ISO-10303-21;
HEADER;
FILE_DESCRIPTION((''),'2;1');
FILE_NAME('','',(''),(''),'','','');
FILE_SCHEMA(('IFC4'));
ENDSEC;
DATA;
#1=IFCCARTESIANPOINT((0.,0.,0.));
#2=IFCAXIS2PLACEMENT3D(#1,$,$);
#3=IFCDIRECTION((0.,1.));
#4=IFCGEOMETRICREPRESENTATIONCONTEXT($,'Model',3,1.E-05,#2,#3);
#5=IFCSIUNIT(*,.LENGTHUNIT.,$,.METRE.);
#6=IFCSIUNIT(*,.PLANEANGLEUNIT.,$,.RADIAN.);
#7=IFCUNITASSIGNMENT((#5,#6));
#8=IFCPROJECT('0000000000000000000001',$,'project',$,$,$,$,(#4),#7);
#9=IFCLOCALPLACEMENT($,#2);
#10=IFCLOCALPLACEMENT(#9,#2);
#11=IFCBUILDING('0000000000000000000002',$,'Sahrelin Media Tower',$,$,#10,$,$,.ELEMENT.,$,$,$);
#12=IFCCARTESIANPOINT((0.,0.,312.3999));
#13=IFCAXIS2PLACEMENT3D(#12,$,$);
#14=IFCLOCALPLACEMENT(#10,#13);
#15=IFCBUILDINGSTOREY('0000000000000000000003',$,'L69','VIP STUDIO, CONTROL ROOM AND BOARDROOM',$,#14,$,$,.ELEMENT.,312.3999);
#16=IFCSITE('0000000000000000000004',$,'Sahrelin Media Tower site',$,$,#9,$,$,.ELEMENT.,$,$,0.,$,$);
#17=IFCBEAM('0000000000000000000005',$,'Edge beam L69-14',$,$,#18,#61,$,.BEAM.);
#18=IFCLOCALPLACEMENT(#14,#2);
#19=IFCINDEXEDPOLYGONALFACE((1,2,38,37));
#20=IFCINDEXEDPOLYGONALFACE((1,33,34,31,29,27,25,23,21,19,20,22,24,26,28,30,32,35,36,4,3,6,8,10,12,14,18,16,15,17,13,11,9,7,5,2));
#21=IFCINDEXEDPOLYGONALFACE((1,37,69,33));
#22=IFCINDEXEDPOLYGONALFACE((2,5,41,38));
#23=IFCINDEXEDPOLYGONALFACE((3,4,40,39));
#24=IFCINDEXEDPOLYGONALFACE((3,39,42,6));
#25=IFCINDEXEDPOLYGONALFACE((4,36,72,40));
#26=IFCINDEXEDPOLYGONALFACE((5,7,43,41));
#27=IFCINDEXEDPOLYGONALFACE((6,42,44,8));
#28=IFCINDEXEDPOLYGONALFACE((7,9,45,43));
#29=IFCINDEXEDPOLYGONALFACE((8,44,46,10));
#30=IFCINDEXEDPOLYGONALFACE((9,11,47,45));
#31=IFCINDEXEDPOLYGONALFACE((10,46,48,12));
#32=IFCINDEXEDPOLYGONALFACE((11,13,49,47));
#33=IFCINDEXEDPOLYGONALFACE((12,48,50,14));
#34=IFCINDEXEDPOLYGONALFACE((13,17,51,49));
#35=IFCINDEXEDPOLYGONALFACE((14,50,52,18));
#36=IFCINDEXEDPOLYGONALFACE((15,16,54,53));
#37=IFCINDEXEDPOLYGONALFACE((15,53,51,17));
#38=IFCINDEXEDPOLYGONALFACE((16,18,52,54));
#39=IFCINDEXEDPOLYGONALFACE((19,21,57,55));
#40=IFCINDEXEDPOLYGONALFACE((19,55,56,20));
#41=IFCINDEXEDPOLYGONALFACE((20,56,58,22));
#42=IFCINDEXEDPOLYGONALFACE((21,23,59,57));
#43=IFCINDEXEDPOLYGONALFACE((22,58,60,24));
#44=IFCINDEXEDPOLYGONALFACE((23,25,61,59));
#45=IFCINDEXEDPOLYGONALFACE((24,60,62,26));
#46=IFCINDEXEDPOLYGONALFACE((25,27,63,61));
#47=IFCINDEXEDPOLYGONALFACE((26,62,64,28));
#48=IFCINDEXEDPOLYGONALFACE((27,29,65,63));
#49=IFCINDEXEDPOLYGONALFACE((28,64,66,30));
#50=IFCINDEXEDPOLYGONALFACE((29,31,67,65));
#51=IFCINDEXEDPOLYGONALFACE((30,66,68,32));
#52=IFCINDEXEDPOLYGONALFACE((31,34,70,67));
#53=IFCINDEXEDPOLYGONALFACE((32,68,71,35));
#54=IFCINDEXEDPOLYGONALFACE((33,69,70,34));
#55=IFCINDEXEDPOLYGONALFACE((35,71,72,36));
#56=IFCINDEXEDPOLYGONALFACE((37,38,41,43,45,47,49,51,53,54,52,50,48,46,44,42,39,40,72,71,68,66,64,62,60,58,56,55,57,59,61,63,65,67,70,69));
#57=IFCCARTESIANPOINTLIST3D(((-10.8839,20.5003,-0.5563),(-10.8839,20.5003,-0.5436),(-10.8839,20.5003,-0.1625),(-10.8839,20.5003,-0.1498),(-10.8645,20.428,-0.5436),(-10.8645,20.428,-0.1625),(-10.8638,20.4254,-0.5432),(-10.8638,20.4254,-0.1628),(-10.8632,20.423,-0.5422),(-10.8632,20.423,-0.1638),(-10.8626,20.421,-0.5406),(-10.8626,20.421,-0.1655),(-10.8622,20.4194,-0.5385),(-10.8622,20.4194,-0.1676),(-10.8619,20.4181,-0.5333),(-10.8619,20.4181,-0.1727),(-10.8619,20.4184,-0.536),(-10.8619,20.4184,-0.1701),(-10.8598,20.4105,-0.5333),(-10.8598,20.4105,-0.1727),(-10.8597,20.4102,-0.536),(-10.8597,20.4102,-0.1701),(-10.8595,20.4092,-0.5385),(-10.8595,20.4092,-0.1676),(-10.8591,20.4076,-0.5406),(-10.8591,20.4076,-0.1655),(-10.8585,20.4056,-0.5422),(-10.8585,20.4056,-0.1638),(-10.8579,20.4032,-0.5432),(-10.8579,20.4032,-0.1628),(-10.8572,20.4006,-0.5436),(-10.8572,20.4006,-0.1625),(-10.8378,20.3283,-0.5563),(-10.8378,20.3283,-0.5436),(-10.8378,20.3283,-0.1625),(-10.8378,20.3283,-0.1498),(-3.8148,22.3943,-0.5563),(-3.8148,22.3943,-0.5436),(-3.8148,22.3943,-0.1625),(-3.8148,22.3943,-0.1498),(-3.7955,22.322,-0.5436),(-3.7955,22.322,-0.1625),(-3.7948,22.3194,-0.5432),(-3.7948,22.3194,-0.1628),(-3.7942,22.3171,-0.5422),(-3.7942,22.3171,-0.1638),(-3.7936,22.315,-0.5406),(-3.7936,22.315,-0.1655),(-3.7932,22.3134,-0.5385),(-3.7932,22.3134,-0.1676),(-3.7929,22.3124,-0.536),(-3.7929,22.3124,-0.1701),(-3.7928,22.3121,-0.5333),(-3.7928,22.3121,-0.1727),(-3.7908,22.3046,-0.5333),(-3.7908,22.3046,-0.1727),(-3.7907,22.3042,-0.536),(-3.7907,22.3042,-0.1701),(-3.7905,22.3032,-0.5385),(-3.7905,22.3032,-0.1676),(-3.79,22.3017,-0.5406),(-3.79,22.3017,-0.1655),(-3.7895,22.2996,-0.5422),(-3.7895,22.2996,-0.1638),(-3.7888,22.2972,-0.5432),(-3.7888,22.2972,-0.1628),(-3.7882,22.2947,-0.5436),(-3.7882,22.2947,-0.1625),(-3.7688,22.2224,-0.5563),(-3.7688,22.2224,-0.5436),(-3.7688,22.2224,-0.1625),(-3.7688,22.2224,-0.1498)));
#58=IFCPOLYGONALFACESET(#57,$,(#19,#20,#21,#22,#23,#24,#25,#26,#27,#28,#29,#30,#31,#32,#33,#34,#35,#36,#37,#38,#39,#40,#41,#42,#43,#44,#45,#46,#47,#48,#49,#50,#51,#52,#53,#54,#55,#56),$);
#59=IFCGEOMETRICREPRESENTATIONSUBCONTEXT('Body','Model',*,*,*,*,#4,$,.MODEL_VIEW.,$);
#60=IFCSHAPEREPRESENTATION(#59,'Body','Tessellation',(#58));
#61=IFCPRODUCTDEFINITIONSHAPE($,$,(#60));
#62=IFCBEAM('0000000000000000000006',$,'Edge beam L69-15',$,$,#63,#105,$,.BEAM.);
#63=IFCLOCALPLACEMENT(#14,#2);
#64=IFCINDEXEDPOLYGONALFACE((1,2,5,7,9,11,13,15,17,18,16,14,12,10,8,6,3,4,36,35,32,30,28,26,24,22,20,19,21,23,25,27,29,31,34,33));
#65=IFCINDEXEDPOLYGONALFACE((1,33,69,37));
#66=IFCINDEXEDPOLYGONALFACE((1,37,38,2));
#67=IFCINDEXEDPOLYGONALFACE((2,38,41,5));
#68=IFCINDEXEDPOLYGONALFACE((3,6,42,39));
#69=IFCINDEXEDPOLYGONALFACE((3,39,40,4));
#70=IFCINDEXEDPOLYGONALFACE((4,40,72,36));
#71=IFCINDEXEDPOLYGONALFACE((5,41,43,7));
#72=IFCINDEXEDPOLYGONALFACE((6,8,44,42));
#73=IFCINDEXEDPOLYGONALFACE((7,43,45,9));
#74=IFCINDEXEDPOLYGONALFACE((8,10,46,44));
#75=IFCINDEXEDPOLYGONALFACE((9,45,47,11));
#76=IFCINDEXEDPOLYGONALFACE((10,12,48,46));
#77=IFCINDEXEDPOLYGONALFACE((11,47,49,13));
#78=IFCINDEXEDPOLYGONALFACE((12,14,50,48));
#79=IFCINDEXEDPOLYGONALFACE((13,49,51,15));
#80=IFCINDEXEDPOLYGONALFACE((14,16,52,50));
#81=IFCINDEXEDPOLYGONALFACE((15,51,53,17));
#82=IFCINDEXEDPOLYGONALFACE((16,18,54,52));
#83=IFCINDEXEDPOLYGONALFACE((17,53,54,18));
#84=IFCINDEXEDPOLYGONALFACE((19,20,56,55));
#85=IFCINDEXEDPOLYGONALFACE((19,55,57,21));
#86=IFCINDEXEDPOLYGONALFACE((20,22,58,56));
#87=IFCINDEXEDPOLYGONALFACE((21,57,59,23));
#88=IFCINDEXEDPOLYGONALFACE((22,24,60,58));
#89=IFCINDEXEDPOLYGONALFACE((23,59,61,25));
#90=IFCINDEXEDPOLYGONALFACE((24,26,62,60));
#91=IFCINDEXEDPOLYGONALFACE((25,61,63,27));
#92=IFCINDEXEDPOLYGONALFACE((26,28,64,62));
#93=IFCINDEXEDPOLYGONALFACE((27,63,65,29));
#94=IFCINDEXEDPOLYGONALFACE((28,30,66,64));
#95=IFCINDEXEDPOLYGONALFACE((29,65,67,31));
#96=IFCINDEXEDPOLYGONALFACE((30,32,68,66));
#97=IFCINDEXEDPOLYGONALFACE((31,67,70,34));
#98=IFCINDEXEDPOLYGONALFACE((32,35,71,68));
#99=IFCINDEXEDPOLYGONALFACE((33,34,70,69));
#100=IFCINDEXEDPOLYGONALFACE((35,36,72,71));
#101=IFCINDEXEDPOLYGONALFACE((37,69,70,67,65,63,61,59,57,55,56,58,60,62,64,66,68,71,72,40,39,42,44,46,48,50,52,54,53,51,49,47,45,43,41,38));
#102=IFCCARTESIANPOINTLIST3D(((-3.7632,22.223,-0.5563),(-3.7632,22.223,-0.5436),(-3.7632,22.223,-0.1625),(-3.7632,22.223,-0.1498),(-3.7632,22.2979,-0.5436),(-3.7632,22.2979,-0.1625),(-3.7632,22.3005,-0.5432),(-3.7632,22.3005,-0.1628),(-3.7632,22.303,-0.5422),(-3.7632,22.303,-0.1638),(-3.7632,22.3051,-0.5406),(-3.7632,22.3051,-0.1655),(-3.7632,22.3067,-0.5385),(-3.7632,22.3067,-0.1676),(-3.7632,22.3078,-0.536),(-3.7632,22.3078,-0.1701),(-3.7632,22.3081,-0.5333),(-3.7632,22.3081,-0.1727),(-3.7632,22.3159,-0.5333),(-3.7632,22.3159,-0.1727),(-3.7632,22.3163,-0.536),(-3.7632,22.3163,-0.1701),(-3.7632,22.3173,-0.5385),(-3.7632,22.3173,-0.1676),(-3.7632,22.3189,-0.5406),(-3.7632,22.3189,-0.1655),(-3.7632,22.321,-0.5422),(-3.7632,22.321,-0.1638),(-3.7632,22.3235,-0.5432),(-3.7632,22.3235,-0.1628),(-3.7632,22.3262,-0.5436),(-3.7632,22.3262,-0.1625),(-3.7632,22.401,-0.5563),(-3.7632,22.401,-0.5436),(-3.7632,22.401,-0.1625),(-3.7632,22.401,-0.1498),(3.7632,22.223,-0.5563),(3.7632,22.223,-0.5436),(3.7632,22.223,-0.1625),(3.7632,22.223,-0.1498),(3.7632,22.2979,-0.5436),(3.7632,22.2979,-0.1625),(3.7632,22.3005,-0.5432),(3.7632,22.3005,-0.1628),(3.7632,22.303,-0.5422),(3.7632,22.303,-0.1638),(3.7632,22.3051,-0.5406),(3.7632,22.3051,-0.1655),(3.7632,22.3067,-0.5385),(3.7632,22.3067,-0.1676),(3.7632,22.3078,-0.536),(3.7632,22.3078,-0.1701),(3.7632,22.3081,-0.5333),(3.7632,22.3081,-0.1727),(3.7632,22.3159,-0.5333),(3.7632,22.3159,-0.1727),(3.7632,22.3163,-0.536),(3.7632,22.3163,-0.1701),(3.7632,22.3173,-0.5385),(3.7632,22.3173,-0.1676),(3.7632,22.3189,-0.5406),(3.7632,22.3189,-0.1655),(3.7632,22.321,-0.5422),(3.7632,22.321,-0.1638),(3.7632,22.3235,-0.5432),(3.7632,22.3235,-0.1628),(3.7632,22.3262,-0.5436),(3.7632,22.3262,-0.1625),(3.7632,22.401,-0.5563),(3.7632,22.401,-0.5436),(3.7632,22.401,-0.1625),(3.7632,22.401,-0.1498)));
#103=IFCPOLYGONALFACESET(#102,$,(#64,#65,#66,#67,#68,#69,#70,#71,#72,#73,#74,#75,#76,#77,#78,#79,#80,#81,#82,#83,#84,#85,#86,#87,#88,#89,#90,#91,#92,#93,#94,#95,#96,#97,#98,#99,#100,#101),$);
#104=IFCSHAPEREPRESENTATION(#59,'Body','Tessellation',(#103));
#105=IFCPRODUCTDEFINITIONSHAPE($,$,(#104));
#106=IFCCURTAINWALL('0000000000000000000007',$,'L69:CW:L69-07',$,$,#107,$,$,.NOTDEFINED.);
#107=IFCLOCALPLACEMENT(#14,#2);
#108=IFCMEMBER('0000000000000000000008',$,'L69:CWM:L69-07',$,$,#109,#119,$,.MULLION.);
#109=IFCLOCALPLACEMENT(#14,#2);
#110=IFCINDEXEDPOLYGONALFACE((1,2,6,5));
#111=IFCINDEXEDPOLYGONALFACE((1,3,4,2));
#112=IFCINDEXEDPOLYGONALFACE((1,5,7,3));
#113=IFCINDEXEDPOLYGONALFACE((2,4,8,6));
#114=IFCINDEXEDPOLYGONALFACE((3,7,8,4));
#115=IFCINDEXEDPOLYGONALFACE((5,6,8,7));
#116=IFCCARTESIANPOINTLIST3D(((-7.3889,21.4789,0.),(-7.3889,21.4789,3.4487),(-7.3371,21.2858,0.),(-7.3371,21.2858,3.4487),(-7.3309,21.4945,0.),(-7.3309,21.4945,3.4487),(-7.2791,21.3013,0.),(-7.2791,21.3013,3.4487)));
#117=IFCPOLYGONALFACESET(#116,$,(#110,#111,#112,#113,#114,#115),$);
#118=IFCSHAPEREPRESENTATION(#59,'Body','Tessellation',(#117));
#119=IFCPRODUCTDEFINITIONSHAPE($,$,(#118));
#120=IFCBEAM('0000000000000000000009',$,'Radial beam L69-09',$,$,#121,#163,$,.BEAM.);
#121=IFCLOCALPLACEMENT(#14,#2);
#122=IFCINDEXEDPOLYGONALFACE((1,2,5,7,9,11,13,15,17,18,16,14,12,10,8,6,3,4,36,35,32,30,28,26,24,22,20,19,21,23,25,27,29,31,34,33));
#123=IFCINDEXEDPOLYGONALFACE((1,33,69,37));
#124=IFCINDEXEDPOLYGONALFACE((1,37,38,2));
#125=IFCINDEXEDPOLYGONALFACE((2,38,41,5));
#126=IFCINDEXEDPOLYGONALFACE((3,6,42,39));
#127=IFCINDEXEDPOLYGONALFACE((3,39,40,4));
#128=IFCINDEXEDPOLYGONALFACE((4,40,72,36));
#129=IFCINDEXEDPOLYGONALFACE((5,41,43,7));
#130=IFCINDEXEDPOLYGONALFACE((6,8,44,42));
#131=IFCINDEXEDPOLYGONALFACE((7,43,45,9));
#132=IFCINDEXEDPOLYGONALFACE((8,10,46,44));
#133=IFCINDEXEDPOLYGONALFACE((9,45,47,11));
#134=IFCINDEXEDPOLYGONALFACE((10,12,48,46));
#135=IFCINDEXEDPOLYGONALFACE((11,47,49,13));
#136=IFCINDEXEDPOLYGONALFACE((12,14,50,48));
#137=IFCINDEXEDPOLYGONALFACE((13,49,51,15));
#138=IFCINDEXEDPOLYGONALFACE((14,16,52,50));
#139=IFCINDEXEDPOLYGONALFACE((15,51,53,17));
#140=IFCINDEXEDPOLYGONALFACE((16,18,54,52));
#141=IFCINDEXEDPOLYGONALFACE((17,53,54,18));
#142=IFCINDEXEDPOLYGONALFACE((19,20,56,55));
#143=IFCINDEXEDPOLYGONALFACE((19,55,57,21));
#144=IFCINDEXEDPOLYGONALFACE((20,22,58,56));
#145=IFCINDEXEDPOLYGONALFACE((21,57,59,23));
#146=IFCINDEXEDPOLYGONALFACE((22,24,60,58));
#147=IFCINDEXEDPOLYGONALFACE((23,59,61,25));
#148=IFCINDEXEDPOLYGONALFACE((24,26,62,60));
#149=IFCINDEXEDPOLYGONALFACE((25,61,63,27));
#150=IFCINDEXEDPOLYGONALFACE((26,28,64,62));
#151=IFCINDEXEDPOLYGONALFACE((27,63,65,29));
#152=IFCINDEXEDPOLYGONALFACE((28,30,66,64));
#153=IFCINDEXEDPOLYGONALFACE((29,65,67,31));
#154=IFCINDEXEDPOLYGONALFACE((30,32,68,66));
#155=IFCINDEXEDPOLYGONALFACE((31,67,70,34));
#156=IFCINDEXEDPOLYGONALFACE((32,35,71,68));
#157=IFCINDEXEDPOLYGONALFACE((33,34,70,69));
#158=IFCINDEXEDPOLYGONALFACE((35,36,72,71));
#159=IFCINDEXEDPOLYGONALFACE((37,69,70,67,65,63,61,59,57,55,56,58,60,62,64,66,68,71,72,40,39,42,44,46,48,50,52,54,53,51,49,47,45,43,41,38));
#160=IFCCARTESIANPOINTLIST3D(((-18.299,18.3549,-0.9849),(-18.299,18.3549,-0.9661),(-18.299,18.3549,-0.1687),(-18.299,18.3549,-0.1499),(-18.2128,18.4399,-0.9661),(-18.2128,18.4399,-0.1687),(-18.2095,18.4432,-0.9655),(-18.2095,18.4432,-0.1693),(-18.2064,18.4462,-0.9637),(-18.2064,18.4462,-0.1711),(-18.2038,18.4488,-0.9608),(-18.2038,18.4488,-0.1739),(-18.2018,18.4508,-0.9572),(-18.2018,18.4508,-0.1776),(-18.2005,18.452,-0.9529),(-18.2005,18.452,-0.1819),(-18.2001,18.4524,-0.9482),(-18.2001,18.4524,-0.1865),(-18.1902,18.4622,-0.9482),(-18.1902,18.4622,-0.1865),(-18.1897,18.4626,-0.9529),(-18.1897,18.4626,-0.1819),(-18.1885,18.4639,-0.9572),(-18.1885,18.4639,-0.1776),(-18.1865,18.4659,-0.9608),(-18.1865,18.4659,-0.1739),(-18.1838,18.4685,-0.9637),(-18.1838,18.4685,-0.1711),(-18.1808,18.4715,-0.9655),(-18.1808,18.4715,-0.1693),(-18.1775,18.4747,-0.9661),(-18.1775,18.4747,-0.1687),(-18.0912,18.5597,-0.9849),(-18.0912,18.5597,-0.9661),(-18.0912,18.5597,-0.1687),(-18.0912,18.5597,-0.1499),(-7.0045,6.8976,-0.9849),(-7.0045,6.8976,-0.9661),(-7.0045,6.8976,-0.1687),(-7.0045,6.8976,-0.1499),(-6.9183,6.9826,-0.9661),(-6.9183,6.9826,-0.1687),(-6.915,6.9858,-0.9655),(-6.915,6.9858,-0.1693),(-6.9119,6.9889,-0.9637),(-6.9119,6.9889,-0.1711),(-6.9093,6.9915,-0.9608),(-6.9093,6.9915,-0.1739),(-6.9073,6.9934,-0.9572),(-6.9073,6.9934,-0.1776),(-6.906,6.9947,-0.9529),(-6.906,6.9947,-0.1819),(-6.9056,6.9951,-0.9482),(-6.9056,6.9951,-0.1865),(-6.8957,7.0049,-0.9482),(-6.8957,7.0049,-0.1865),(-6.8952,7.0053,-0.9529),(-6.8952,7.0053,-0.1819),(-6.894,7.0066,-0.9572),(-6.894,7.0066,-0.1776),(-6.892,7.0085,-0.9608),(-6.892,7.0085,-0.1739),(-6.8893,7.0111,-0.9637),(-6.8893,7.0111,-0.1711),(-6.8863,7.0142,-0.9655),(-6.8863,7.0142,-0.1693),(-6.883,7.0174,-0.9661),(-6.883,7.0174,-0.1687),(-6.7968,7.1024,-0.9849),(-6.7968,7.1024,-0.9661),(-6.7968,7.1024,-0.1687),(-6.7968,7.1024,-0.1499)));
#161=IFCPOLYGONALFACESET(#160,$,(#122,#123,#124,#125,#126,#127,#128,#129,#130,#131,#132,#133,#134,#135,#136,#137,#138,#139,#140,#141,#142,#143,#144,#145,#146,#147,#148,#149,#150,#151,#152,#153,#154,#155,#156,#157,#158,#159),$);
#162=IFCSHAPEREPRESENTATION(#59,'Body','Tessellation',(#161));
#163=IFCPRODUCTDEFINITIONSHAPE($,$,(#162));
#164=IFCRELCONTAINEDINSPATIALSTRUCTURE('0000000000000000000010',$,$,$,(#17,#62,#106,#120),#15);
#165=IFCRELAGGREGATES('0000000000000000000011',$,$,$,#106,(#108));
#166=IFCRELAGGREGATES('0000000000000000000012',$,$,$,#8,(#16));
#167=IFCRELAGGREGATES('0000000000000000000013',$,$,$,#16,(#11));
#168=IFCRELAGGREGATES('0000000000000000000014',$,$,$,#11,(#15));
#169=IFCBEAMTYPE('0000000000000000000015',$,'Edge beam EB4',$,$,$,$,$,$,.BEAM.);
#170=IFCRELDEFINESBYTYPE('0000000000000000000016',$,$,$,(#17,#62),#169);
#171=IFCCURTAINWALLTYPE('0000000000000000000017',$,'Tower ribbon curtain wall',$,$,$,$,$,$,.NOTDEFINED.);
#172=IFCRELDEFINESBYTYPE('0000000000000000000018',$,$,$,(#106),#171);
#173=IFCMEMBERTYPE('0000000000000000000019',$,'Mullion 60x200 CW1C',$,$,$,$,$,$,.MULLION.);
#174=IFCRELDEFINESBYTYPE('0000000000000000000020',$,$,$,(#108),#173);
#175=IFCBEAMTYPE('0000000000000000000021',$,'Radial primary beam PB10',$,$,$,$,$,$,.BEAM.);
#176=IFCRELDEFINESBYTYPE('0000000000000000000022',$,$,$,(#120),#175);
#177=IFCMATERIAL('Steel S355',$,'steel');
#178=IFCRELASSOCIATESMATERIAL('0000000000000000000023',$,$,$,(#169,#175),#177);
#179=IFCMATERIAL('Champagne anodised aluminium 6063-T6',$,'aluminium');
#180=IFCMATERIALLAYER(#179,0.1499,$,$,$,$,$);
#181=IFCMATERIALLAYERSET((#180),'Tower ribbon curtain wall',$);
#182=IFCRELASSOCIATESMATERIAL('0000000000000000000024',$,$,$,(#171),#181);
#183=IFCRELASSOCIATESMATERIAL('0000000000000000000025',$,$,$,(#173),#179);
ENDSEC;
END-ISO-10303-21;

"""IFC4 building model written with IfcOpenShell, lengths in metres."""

from ifc_helpers import new_model, si_unit, direction, frame, origin, origin_2d, place, context, subcontext, project, spatial, rectangle, i_section, extrude, material, layer, layer_set, material_profile, profile_set, type_object, element, aggregate, save


model = new_model("IFC4")

# Units and contexts
model_context = context("Model", 3, precision=1e-05, world=origin(), true_north=direction((0.0, 1.0)))
body_context = subcontext(model_context, "Body", "Model", "MODEL_VIEW")
ifc_project = project(units=[si_unit("LENGTHUNIT", "METRE"), si_unit("PLANEANGLEUNIT", "RADIAN")], contexts=[model_context])

# Site, building, storey
site_placement = place(None, origin())
site = spatial("IfcSite", under=ifc_project, at=site_placement, Name="Sahrelin Media Tower site", CompositionType="ELEMENT", RefElevation=0.0)
building_placement = place(site_placement, origin())
building = spatial("IfcBuilding", under=site, at=building_placement, Name="Sahrelin Media Tower", CompositionType="ELEMENT")
storey_placement = place(building_placement, frame((0.0, 0.0, 312.3999)))
storey = spatial("IfcBuildingStorey", under=building, at=storey_placement, Name="L69", Description="VIP STUDIO, CONTROL ROOM AND BOARDROOM", CompositionType="ELEMENT", Elevation=312.3999)

# Beams
ifc_material_1 = material(Name="Steel S355", Category="steel")
ifc_material_profile_1 = material_profile(ifc_material_1, i_section(OverallWidth=0.178, OverallDepth=0.4065, WebThickness=0.0078, FlangeThickness=0.0127, FilletRadius=0.0103, at=origin_2d()), Name="UB 406x178x60")
ifc_profile_set_1 = profile_set([ifc_material_profile_1], Name="Steel S355")
beam_type_1 = type_object("IfcBeamType", Name="Edge beam EB4", PredefinedType="BEAM", material=ifc_profile_set_1)
beam_1_placement = place(storey_placement, frame((-10.8608, 20.4143, -0.353), z_axis=(0.96593, 0.258804, 0.0), x_axis=(-0.258804, 0.96593, 0.0)))
element("IfcBeam", 1, at=beam_1_placement, inside=storey, type_object=beam_type_1, Name="Edge beam L69-14", PredefinedType="BEAM", context=body_context, shape_type="SweptSolid", body=[
    extrude(i_section(OverallWidth=0.178, OverallDepth=0.4065, WebThickness=0.0078, FlangeThickness=0.0127, FilletRadius=0.0103, at=origin_2d()), origin(), (0.0, 0.0, 1.0), 7.3184),
])
beam_2_placement = place(storey_placement, frame((-3.7632, 22.312, -0.353), z_axis=(1.0, 0.0, 0.0), x_axis=(0.0, 1.0, 0.0)))
element("IfcBeam", 2, at=beam_2_placement, inside=storey, type_object=beam_type_1, Name="Edge beam L69-15", PredefinedType="BEAM", context=body_context, shape_type="SweptSolid", body=[
    extrude(i_section(OverallWidth=0.178, OverallDepth=0.4065, WebThickness=0.0078, FlangeThickness=0.0127, FilletRadius=0.0103, at=origin_2d()), origin(), (0.0, 0.0, 1.0), 7.5264),
])

# Curtain wall, member
ifc_material_2 = material(Name="Champagne anodised aluminium 6063-T6", Category="aluminium")
ifc_layer_1 = layer(ifc_material_2, 0.1499)
ifc_layer_set_1 = layer_set([ifc_layer_1], Name="Tower ribbon curtain wall")
curtain_wall_type = type_object("IfcCurtainWallType", Name="Tower ribbon curtain wall", PredefinedType="NOTDEFINED", material=ifc_layer_set_1)
curtain_wall_1_placement = place(storey_placement, frame((-7.365, 21.5061, 0.0), z_axis=(0.0, 0.0, 1.0), x_axis=(1.0, 0.0, 0.0)))
curtain_wall_1 = element("IfcCurtainWall", 3, at=curtain_wall_1_placement, inside=storey, type_object=curtain_wall_type, Name="L69:CW:L69-07", PredefinedType="NOTDEFINED")
ifc_material_profile_2 = material_profile(ifc_material_2, rectangle(XDim=0.0601, YDim=0.2, at=origin_2d()), Name="Mullion 60x200")
ifc_profile_set_2 = profile_set([ifc_material_profile_2], Name="Champagne anodised aluminium 6063-T6")
member_type_1 = type_object("IfcMemberType", Name="Mullion 60x200 CW1C", PredefinedType="MULLION", material=ifc_profile_set_2)
member_1_placement = place(storey_placement, frame((-7.334, 21.3901, 0.0), z_axis=(0.0, 0.0, 1.0), x_axis=(-0.965926, -0.258819, 0.0)))
member_1 = element("IfcMember", 4, at=member_1_placement, type_object=member_type_1, Name="L69:CWM:L69-07", PredefinedType="MULLION", context=body_context, shape_type="SweptSolid", body=[
    extrude(rectangle(XDim=0.0601, YDim=0.2, at=origin_2d()), origin(), (0.0, 0.0, 1.0), 3.4487),
])

# Beam
ifc_material_profile_3 = material_profile(ifc_material_1, i_section(OverallWidth=0.2917, OverallDepth=0.835, WebThickness=0.0139, FlangeThickness=0.0188, FilletRadius=0.0178, at=origin_2d()), Name="UB 838x292x176")
ifc_profile_set_3 = profile_set([ifc_material_profile_3], Name="Steel S355")
beam_type_2 = type_object("IfcBeamType", Name="Radial primary beam PB10", PredefinedType="BEAM", material=ifc_profile_set_3)
beam_3_placement = place(storey_placement, frame((-6.9006, 7.0, -0.5674), z_axis=(-0.702028, 0.71215, 0.0), x_axis=(-0.71215, -0.702028, 0.0)))
element("IfcBeam", 5, at=beam_3_placement, inside=storey, type_object=beam_type_2, Name="Radial beam L69-09", PredefinedType="BEAM", context=body_context, shape_type="SweptSolid", body=[
    extrude(i_section(OverallWidth=0.2917, OverallDepth=0.835, WebThickness=0.0139, FlangeThickness=0.0188, FilletRadius=0.0178, at=origin_2d()), origin(), (0.0, 0.0, 1.0), 16.0884),
])

aggregate(curtain_wall_1, [member_1])

save(model, "model.ifc")
